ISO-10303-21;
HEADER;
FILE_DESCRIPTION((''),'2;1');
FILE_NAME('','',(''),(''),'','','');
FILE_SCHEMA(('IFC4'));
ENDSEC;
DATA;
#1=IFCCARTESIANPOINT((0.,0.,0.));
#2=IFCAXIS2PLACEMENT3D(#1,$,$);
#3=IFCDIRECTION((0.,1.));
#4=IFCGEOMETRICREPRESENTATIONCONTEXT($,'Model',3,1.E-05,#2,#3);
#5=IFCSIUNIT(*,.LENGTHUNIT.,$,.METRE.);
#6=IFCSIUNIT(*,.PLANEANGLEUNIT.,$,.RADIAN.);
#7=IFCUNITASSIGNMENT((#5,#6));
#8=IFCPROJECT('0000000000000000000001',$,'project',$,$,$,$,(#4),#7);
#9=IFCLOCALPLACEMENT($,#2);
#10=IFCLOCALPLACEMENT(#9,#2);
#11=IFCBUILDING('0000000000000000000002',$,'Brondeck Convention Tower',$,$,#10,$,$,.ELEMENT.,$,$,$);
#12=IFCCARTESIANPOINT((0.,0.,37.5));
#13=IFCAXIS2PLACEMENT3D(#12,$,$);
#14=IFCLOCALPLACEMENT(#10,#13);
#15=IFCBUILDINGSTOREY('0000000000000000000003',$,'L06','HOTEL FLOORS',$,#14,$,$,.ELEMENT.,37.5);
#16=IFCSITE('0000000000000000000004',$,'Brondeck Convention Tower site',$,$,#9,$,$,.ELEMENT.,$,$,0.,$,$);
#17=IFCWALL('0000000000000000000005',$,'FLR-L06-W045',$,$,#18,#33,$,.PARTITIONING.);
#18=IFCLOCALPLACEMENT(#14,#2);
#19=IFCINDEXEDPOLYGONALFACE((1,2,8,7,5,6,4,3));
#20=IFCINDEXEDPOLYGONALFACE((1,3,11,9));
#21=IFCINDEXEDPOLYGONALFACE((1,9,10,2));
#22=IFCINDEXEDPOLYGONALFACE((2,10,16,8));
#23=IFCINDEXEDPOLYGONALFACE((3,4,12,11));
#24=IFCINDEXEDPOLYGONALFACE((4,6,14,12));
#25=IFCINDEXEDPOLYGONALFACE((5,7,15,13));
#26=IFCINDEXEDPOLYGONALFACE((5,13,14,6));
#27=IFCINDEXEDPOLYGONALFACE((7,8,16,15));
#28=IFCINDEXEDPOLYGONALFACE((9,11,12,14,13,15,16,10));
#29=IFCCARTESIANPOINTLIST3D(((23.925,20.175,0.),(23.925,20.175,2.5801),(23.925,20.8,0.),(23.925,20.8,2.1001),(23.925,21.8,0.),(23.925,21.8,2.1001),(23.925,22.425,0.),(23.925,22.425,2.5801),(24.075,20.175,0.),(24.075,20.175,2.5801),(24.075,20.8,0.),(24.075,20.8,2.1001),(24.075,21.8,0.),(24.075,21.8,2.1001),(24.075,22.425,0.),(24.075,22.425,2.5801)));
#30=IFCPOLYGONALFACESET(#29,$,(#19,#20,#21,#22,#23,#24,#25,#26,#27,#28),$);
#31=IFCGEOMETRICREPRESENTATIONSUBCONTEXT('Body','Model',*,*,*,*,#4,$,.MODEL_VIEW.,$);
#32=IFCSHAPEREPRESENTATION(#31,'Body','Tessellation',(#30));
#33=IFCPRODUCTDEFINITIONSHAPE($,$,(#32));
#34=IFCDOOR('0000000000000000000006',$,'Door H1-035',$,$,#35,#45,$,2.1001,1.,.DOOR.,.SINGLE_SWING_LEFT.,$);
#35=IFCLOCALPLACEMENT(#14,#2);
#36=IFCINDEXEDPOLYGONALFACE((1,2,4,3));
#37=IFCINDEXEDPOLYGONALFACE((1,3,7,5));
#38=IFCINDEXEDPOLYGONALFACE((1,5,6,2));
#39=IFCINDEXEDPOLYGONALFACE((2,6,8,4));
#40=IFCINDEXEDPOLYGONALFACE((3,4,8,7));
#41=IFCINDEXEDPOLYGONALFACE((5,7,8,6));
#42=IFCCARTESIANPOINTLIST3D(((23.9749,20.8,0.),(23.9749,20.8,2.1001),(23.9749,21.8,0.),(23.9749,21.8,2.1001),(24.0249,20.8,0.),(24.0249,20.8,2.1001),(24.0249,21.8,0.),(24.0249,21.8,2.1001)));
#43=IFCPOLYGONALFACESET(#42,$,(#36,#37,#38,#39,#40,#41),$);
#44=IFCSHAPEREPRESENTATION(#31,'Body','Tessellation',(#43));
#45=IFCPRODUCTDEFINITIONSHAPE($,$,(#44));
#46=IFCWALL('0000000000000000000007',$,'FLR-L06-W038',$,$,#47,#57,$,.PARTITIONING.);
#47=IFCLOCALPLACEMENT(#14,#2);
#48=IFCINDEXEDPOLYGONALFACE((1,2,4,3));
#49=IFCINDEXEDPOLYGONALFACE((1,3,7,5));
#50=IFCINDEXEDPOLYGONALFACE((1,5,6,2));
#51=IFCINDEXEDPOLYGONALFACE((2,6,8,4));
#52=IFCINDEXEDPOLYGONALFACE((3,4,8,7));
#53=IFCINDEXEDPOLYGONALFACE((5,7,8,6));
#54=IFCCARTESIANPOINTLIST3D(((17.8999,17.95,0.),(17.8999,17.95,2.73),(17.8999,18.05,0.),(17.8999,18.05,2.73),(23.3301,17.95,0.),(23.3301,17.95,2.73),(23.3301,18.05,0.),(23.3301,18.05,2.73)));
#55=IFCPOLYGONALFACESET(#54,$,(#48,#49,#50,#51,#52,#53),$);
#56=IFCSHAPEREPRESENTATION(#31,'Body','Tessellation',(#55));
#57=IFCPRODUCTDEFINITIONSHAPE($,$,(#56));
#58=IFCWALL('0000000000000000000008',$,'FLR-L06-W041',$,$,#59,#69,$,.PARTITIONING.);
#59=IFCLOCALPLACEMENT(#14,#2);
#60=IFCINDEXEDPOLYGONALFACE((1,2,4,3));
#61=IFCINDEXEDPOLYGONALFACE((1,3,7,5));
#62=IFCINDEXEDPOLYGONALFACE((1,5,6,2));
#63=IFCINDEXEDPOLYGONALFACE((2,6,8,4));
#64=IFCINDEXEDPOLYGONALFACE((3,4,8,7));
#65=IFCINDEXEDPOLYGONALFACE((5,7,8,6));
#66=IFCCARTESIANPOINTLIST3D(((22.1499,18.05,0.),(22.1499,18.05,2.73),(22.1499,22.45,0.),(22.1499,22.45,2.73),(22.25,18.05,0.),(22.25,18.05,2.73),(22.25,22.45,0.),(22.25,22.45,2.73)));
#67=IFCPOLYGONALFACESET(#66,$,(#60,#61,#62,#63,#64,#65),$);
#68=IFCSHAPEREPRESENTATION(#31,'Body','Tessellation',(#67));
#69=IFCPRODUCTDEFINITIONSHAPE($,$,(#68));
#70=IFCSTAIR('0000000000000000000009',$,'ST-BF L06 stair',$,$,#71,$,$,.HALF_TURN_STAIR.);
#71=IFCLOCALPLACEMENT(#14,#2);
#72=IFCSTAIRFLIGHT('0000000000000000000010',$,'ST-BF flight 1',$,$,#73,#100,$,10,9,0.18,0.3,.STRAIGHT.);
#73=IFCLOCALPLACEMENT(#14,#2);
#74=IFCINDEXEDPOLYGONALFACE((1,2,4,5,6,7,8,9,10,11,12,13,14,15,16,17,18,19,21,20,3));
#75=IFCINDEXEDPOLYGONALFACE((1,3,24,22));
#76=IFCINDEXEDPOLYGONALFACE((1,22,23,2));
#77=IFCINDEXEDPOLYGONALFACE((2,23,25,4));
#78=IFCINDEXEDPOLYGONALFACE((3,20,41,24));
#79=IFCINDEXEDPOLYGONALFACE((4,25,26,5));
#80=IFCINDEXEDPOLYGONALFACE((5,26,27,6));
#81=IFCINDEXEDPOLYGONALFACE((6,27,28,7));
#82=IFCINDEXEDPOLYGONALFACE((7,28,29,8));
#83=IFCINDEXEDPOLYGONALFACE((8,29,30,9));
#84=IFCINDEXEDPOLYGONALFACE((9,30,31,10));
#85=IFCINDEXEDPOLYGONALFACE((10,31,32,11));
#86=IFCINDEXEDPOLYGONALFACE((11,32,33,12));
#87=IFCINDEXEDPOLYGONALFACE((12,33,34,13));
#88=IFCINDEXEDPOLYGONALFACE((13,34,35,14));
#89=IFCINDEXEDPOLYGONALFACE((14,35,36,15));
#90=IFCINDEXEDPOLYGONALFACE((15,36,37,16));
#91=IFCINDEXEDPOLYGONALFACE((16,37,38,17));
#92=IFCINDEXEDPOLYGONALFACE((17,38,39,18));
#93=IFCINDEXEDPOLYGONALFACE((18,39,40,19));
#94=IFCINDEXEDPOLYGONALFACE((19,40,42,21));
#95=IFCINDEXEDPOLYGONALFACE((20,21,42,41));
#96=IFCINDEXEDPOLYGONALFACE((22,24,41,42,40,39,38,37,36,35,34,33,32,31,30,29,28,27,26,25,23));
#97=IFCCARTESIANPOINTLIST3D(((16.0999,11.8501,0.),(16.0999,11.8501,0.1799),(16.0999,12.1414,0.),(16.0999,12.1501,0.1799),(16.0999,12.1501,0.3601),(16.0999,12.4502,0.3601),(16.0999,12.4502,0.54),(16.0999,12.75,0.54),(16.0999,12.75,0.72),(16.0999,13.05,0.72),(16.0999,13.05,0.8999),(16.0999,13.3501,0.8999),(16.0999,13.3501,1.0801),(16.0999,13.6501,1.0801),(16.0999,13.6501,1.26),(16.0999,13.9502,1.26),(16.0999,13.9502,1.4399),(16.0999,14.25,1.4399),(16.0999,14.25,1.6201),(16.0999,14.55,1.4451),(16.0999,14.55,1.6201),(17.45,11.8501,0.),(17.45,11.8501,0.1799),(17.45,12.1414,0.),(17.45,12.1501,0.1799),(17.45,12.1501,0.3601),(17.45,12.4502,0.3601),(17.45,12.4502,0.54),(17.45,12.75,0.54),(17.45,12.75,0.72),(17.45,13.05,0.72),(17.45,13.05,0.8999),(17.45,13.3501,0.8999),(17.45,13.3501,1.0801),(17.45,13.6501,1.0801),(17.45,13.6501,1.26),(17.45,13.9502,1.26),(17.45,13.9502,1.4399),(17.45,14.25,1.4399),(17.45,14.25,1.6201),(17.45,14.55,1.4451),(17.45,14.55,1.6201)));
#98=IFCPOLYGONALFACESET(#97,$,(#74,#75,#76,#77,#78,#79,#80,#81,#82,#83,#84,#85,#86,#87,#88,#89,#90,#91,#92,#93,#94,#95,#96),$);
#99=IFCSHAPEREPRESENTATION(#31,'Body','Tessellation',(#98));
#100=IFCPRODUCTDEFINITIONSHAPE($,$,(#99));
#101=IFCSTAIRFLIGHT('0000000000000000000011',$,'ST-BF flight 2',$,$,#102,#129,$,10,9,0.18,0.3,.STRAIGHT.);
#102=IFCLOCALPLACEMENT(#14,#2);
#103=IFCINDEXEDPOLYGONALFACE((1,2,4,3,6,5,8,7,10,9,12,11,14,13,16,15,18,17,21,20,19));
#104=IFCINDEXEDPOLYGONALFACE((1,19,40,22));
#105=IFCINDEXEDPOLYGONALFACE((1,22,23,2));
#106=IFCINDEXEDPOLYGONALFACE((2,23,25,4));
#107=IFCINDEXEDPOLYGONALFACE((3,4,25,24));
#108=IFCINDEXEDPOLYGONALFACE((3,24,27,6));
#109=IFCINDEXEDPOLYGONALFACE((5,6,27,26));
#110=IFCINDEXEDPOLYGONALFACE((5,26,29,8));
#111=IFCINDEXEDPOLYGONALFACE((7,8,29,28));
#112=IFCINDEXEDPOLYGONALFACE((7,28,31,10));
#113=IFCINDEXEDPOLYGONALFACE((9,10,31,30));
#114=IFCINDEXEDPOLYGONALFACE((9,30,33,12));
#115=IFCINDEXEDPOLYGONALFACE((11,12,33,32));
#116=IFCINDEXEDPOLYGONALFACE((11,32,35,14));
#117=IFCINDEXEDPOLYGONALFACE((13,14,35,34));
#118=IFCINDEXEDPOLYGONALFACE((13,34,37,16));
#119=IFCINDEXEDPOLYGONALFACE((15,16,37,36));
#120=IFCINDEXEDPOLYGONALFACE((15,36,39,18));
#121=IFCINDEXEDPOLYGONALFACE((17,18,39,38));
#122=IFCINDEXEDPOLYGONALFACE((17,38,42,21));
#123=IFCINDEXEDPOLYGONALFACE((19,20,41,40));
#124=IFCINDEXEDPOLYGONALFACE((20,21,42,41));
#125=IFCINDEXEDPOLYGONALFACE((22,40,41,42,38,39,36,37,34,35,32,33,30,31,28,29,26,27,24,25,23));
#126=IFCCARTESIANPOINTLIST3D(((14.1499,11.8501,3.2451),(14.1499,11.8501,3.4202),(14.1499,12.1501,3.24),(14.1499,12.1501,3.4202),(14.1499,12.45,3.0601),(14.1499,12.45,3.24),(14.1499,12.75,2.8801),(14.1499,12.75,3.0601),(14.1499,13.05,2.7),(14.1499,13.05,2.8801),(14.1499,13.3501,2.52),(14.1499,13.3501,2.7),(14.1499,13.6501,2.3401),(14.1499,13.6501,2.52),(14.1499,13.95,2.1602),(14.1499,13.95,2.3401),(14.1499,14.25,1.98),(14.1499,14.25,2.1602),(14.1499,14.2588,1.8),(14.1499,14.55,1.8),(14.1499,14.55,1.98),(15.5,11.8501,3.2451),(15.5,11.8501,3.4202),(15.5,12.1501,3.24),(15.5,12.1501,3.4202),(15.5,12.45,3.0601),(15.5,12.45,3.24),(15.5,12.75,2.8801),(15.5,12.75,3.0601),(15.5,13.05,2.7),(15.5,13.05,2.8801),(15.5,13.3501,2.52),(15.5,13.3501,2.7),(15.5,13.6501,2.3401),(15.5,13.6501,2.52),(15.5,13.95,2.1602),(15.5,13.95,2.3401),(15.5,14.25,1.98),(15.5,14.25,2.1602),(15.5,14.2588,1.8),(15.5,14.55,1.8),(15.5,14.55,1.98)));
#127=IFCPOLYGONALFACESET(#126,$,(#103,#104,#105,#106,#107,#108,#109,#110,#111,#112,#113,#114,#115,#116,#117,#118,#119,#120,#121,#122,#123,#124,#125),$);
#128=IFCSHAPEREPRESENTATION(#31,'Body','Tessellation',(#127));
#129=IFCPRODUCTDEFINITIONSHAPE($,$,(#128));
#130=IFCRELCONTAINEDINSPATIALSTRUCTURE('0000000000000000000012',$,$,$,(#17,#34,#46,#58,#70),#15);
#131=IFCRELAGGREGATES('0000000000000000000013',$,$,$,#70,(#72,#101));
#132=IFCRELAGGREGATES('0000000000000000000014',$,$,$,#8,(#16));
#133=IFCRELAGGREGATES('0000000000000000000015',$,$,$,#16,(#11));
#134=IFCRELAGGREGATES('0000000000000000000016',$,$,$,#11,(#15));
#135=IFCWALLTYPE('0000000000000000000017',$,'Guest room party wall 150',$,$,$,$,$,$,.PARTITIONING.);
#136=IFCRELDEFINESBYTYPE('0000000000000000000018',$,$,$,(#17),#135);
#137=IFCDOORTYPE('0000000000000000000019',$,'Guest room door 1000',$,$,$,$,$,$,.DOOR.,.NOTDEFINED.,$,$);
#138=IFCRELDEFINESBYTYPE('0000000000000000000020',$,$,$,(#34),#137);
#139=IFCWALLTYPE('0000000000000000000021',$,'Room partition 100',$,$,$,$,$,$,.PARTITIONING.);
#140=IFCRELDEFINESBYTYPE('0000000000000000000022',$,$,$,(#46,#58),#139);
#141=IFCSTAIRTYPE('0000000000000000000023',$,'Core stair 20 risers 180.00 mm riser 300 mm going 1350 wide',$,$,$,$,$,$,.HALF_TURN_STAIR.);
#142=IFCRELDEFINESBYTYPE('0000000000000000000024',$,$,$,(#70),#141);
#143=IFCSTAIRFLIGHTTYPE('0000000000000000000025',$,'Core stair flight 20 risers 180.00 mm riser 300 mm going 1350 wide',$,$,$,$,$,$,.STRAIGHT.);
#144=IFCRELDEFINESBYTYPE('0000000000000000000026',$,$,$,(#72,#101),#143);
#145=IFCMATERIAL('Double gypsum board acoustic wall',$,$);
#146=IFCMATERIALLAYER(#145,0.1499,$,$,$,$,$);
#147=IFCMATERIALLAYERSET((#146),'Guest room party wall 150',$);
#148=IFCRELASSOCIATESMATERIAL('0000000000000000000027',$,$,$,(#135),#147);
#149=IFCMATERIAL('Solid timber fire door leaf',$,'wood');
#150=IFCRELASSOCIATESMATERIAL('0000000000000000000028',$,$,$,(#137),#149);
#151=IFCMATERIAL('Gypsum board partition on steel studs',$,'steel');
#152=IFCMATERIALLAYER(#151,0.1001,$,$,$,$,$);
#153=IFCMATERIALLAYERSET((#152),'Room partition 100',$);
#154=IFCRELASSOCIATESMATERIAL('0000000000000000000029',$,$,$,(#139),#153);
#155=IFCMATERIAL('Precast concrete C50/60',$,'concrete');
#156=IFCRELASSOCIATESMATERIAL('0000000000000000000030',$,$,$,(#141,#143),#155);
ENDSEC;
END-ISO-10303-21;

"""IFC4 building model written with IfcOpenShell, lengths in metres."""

from ifc_helpers import new_model, si_unit, direction, frame, frame_2d, origin, place, context, subcontext, project, spatial, polyline, rectangle, outline, extrude, material, layer, layer_set, type_object, element, fill, aggregate, save


model = new_model("IFC4")

# Units and contexts
model_context = context("Model", 3, precision=1e-05, world=origin(), true_north=direction((0.0, 1.0)))
body_context = subcontext(model_context, "Body", "Model", "MODEL_VIEW")
ifc_project = project(units=[si_unit("LENGTHUNIT", "METRE"), si_unit("PLANEANGLEUNIT", "RADIAN")], contexts=[model_context])

# Site, building, storey
site_placement = place(None, origin())
site = spatial("IfcSite", under=ifc_project, at=site_placement, Name="Brondeck Convention Tower site", CompositionType="ELEMENT", RefElevation=0.0)
building_placement = place(site_placement, origin())
building = spatial("IfcBuilding", under=site, at=building_placement, Name="Brondeck Convention Tower", CompositionType="ELEMENT")
storey_placement = place(building_placement, frame((0.0, 0.0, 37.5)))
storey = spatial("IfcBuildingStorey", under=building, at=storey_placement, Name="L06", Description="HOTEL FLOORS", CompositionType="ELEMENT", Elevation=37.5)

# Shared definitions
ifc_material_1 = material(Name="Double gypsum board acoustic wall")
ifc_layer_1 = layer(ifc_material_1, 0.1499)
ifc_layer_set_1 = layer_set([ifc_layer_1], Name="Guest room party wall 150")
wall_type_1 = type_object("IfcWallType", Name="Guest room party wall 150", PredefinedType="PARTITIONING", material=ifc_layer_set_1)
ifc_material_2 = material(Name="Solid timber fire door leaf", Category="wood")
door_type_1 = type_object("IfcDoorType", Name="Guest room door 1000", OperationType="NOTDEFINED", PredefinedType="DOOR", material=ifc_material_2)

# Wall, opening, door
wall_1_placement = place(storey_placement, frame((24.0, 22.425, 0.0), z_axis=(0.0, 0.0, 1.0), x_axis=(0.0, -1.0, 0.0)))
wall_1 = element("IfcWall", 1, at=wall_1_placement, inside=storey, type_object=wall_type_1, Name="FLR-L06-W045", PredefinedType="PARTITIONING", context=body_context, shape_type="SweptSolid", body=[
    extrude(rectangle(XDim=2.25, YDim=0.1499, at=frame_2d((1.125, 0.0))), origin(), (0.0, 0.0, 1.0), 2.5801),
])
opening_1_placement = place(wall_1_placement, frame((0.625, 0.0, 0.0)))
opening_1 = element("IfcOpeningElement", 2, at=opening_1_placement, cuts=wall_1, PredefinedType="OPENING", context=body_context, shape_type="SweptSolid", body=[
    extrude(rectangle(XDim=1.0, YDim=2.1001, at=frame_2d((0.5, 1.05))), frame((0.0, 0.085, 0.0), z_axis=(0.0, -1.0, 0.0), x_axis=(1.0, 0.0, 0.0)), (0.0, 0.0, 1.0), 0.1699),
])
door_1_placement = place(opening_1_placement, origin())
door_1 = element("IfcDoor", 3, at=door_1_placement, inside=storey, type_object=door_type_1, Name="Door H1-035", OperationType="SINGLE_SWING_LEFT", OverallHeight=2.1001, OverallWidth=1.0, PredefinedType="DOOR", context=body_context, shape_type="SweptSolid", body=[
    extrude(rectangle(XDim=1.0, YDim=2.1001, at=frame_2d((0.5, 1.05))), frame((0.0, 0.0249, 0.0), z_axis=(0.0, -1.0, 0.0), x_axis=(1.0, 0.0, 0.0)), (0.0, 0.0, 1.0), 0.05),
])
fill(opening_1, door_1)

# Walls
ifc_material_3 = material(Name="Gypsum board partition on steel studs", Category="steel")
ifc_layer_2 = layer(ifc_material_3, 0.1001)
ifc_layer_set_2 = layer_set([ifc_layer_2], Name="Room partition 100")
wall_type_2 = type_object("IfcWallType", Name="Room partition 100", PredefinedType="PARTITIONING", material=ifc_layer_set_2)
wall_2_placement = place(storey_placement, frame((23.3301, 18.0, 0.0), z_axis=(0.0, 0.0, 1.0), x_axis=(-1.0, 0.0, 0.0)))
element("IfcWall", 4, at=wall_2_placement, inside=storey, type_object=wall_type_2, Name="FLR-L06-W038", PredefinedType="PARTITIONING", context=body_context, shape_type="SweptSolid", body=[
    extrude(rectangle(XDim=5.4302, YDim=0.1001, at=frame_2d((2.7151, 0.0))), origin(), (0.0, 0.0, 1.0), 2.73),
])
wall_3_placement = place(storey_placement, frame((22.2, 18.05, 0.0), z_axis=(0.0, 0.0, 1.0), x_axis=(0.0, 1.0, 0.0)))
element("IfcWall", 5, at=wall_3_placement, inside=storey, type_object=wall_type_2, Name="FLR-L06-W041", PredefinedType="PARTITIONING", context=body_context, shape_type="SweptSolid", body=[
    extrude(rectangle(XDim=4.3999, YDim=0.1001, at=frame_2d((2.2, 0.0))), origin(), (0.0, 0.0, 1.0), 2.73),
])

# Stair, stair flights
ifc_material_4 = material(Name="Precast concrete C50/60", Category="concrete")
stair_type = type_object("IfcStairType", Name="Core stair 20 risers 180.00 mm riser 300 mm going 1350 wide", PredefinedType="HALF_TURN_STAIR", material=ifc_material_4)
stair_placement = place(storey_placement, origin())
stair = element("IfcStair", 6, at=stair_placement, inside=storey, type_object=stair_type, Name="ST-BF L06 stair", PredefinedType="HALF_TURN_STAIR")
stair_flight_type = type_object("IfcStairFlightType", Name="Core stair flight 20 risers 180.00 mm riser 300 mm going 1350 wide", PredefinedType="STRAIGHT", material=ifc_material_4)
stair_flight_1_placement = place(storey_placement, frame((16.7749, 11.8501, 0.0), z_axis=(0.0, 0.0, 1.0), x_axis=(0.0, 1.0, 0.0)))
stair_flight_1 = element("IfcStairFlight", 7, at=stair_flight_1_placement, type_object=stair_flight_type, Name="ST-BF flight 1", NumberOfRisers=10, NumberOfTreads=9, PredefinedType="STRAIGHT", RiserHeight=0.18, TreadLength=0.3, context=body_context, shape_type="SweptSolid", body=[
    extrude(outline(polyline([(0.0, 0.0), (0.0, 0.1799), (0.3, 0.1799), (0.3, 0.3601), (0.6001, 0.3601), (0.6001, 0.54), (0.8999, 0.54), (0.8999, 0.72), (1.2, 0.72), (1.2, 0.8999), (1.5, 0.8999), (1.5, 1.0801), (1.8, 1.0801), (1.8, 1.26), (2.1001, 1.26), (2.1001, 1.4399), (2.3999, 1.4399), (2.3999, 1.6201), (2.7, 1.6201), (2.7, 1.8), (2.7, 1.4451), (0.2913, 0.0), (0.0, 0.0)])), frame((0.0, 0.675, 0.0), z_axis=(0.0, -1.0, 0.0), x_axis=(1.0, 0.0, 0.0)), (0.0, 0.0, 1.0), 1.3501),
])
stair_flight_2_placement = place(storey_placement, frame((14.825, 14.55, 1.8), z_axis=(0.0, 0.0, 1.0), x_axis=(0.0, -1.0, 0.0)))
stair_flight_2 = element("IfcStairFlight", 8, at=stair_flight_2_placement, type_object=stair_flight_type, Name="ST-BF flight 2", NumberOfRisers=10, NumberOfTreads=9, PredefinedType="STRAIGHT", RiserHeight=0.18, TreadLength=0.3, context=body_context, shape_type="SweptSolid", body=[
    extrude(outline(polyline([(0.0, 0.0), (0.0, 0.1799), (0.3, 0.1799), (0.3, 0.3601), (0.6001, 0.3601), (0.6001, 0.54), (0.8999, 0.54), (0.8999, 0.72), (1.2, 0.72), (1.2, 0.8999), (1.5, 0.8999), (1.5, 1.0801), (1.8, 1.0801), (1.8, 1.26), (2.1001, 1.26), (2.1001, 1.4399), (2.3999, 1.4399), (2.3999, 1.6201), (2.7, 1.6201), (2.7, 1.8), (2.7, 1.4451), (0.2913, 0.0), (0.0, 0.0)])), frame((0.0, 0.675, 0.0), z_axis=(0.0, -1.0, 0.0), x_axis=(1.0, 0.0, 0.0)), (0.0, 0.0, 1.0), 1.3501),
])
aggregate(stair, [stair_flight_1, stair_flight_2])

save(model, "model.ifc")
